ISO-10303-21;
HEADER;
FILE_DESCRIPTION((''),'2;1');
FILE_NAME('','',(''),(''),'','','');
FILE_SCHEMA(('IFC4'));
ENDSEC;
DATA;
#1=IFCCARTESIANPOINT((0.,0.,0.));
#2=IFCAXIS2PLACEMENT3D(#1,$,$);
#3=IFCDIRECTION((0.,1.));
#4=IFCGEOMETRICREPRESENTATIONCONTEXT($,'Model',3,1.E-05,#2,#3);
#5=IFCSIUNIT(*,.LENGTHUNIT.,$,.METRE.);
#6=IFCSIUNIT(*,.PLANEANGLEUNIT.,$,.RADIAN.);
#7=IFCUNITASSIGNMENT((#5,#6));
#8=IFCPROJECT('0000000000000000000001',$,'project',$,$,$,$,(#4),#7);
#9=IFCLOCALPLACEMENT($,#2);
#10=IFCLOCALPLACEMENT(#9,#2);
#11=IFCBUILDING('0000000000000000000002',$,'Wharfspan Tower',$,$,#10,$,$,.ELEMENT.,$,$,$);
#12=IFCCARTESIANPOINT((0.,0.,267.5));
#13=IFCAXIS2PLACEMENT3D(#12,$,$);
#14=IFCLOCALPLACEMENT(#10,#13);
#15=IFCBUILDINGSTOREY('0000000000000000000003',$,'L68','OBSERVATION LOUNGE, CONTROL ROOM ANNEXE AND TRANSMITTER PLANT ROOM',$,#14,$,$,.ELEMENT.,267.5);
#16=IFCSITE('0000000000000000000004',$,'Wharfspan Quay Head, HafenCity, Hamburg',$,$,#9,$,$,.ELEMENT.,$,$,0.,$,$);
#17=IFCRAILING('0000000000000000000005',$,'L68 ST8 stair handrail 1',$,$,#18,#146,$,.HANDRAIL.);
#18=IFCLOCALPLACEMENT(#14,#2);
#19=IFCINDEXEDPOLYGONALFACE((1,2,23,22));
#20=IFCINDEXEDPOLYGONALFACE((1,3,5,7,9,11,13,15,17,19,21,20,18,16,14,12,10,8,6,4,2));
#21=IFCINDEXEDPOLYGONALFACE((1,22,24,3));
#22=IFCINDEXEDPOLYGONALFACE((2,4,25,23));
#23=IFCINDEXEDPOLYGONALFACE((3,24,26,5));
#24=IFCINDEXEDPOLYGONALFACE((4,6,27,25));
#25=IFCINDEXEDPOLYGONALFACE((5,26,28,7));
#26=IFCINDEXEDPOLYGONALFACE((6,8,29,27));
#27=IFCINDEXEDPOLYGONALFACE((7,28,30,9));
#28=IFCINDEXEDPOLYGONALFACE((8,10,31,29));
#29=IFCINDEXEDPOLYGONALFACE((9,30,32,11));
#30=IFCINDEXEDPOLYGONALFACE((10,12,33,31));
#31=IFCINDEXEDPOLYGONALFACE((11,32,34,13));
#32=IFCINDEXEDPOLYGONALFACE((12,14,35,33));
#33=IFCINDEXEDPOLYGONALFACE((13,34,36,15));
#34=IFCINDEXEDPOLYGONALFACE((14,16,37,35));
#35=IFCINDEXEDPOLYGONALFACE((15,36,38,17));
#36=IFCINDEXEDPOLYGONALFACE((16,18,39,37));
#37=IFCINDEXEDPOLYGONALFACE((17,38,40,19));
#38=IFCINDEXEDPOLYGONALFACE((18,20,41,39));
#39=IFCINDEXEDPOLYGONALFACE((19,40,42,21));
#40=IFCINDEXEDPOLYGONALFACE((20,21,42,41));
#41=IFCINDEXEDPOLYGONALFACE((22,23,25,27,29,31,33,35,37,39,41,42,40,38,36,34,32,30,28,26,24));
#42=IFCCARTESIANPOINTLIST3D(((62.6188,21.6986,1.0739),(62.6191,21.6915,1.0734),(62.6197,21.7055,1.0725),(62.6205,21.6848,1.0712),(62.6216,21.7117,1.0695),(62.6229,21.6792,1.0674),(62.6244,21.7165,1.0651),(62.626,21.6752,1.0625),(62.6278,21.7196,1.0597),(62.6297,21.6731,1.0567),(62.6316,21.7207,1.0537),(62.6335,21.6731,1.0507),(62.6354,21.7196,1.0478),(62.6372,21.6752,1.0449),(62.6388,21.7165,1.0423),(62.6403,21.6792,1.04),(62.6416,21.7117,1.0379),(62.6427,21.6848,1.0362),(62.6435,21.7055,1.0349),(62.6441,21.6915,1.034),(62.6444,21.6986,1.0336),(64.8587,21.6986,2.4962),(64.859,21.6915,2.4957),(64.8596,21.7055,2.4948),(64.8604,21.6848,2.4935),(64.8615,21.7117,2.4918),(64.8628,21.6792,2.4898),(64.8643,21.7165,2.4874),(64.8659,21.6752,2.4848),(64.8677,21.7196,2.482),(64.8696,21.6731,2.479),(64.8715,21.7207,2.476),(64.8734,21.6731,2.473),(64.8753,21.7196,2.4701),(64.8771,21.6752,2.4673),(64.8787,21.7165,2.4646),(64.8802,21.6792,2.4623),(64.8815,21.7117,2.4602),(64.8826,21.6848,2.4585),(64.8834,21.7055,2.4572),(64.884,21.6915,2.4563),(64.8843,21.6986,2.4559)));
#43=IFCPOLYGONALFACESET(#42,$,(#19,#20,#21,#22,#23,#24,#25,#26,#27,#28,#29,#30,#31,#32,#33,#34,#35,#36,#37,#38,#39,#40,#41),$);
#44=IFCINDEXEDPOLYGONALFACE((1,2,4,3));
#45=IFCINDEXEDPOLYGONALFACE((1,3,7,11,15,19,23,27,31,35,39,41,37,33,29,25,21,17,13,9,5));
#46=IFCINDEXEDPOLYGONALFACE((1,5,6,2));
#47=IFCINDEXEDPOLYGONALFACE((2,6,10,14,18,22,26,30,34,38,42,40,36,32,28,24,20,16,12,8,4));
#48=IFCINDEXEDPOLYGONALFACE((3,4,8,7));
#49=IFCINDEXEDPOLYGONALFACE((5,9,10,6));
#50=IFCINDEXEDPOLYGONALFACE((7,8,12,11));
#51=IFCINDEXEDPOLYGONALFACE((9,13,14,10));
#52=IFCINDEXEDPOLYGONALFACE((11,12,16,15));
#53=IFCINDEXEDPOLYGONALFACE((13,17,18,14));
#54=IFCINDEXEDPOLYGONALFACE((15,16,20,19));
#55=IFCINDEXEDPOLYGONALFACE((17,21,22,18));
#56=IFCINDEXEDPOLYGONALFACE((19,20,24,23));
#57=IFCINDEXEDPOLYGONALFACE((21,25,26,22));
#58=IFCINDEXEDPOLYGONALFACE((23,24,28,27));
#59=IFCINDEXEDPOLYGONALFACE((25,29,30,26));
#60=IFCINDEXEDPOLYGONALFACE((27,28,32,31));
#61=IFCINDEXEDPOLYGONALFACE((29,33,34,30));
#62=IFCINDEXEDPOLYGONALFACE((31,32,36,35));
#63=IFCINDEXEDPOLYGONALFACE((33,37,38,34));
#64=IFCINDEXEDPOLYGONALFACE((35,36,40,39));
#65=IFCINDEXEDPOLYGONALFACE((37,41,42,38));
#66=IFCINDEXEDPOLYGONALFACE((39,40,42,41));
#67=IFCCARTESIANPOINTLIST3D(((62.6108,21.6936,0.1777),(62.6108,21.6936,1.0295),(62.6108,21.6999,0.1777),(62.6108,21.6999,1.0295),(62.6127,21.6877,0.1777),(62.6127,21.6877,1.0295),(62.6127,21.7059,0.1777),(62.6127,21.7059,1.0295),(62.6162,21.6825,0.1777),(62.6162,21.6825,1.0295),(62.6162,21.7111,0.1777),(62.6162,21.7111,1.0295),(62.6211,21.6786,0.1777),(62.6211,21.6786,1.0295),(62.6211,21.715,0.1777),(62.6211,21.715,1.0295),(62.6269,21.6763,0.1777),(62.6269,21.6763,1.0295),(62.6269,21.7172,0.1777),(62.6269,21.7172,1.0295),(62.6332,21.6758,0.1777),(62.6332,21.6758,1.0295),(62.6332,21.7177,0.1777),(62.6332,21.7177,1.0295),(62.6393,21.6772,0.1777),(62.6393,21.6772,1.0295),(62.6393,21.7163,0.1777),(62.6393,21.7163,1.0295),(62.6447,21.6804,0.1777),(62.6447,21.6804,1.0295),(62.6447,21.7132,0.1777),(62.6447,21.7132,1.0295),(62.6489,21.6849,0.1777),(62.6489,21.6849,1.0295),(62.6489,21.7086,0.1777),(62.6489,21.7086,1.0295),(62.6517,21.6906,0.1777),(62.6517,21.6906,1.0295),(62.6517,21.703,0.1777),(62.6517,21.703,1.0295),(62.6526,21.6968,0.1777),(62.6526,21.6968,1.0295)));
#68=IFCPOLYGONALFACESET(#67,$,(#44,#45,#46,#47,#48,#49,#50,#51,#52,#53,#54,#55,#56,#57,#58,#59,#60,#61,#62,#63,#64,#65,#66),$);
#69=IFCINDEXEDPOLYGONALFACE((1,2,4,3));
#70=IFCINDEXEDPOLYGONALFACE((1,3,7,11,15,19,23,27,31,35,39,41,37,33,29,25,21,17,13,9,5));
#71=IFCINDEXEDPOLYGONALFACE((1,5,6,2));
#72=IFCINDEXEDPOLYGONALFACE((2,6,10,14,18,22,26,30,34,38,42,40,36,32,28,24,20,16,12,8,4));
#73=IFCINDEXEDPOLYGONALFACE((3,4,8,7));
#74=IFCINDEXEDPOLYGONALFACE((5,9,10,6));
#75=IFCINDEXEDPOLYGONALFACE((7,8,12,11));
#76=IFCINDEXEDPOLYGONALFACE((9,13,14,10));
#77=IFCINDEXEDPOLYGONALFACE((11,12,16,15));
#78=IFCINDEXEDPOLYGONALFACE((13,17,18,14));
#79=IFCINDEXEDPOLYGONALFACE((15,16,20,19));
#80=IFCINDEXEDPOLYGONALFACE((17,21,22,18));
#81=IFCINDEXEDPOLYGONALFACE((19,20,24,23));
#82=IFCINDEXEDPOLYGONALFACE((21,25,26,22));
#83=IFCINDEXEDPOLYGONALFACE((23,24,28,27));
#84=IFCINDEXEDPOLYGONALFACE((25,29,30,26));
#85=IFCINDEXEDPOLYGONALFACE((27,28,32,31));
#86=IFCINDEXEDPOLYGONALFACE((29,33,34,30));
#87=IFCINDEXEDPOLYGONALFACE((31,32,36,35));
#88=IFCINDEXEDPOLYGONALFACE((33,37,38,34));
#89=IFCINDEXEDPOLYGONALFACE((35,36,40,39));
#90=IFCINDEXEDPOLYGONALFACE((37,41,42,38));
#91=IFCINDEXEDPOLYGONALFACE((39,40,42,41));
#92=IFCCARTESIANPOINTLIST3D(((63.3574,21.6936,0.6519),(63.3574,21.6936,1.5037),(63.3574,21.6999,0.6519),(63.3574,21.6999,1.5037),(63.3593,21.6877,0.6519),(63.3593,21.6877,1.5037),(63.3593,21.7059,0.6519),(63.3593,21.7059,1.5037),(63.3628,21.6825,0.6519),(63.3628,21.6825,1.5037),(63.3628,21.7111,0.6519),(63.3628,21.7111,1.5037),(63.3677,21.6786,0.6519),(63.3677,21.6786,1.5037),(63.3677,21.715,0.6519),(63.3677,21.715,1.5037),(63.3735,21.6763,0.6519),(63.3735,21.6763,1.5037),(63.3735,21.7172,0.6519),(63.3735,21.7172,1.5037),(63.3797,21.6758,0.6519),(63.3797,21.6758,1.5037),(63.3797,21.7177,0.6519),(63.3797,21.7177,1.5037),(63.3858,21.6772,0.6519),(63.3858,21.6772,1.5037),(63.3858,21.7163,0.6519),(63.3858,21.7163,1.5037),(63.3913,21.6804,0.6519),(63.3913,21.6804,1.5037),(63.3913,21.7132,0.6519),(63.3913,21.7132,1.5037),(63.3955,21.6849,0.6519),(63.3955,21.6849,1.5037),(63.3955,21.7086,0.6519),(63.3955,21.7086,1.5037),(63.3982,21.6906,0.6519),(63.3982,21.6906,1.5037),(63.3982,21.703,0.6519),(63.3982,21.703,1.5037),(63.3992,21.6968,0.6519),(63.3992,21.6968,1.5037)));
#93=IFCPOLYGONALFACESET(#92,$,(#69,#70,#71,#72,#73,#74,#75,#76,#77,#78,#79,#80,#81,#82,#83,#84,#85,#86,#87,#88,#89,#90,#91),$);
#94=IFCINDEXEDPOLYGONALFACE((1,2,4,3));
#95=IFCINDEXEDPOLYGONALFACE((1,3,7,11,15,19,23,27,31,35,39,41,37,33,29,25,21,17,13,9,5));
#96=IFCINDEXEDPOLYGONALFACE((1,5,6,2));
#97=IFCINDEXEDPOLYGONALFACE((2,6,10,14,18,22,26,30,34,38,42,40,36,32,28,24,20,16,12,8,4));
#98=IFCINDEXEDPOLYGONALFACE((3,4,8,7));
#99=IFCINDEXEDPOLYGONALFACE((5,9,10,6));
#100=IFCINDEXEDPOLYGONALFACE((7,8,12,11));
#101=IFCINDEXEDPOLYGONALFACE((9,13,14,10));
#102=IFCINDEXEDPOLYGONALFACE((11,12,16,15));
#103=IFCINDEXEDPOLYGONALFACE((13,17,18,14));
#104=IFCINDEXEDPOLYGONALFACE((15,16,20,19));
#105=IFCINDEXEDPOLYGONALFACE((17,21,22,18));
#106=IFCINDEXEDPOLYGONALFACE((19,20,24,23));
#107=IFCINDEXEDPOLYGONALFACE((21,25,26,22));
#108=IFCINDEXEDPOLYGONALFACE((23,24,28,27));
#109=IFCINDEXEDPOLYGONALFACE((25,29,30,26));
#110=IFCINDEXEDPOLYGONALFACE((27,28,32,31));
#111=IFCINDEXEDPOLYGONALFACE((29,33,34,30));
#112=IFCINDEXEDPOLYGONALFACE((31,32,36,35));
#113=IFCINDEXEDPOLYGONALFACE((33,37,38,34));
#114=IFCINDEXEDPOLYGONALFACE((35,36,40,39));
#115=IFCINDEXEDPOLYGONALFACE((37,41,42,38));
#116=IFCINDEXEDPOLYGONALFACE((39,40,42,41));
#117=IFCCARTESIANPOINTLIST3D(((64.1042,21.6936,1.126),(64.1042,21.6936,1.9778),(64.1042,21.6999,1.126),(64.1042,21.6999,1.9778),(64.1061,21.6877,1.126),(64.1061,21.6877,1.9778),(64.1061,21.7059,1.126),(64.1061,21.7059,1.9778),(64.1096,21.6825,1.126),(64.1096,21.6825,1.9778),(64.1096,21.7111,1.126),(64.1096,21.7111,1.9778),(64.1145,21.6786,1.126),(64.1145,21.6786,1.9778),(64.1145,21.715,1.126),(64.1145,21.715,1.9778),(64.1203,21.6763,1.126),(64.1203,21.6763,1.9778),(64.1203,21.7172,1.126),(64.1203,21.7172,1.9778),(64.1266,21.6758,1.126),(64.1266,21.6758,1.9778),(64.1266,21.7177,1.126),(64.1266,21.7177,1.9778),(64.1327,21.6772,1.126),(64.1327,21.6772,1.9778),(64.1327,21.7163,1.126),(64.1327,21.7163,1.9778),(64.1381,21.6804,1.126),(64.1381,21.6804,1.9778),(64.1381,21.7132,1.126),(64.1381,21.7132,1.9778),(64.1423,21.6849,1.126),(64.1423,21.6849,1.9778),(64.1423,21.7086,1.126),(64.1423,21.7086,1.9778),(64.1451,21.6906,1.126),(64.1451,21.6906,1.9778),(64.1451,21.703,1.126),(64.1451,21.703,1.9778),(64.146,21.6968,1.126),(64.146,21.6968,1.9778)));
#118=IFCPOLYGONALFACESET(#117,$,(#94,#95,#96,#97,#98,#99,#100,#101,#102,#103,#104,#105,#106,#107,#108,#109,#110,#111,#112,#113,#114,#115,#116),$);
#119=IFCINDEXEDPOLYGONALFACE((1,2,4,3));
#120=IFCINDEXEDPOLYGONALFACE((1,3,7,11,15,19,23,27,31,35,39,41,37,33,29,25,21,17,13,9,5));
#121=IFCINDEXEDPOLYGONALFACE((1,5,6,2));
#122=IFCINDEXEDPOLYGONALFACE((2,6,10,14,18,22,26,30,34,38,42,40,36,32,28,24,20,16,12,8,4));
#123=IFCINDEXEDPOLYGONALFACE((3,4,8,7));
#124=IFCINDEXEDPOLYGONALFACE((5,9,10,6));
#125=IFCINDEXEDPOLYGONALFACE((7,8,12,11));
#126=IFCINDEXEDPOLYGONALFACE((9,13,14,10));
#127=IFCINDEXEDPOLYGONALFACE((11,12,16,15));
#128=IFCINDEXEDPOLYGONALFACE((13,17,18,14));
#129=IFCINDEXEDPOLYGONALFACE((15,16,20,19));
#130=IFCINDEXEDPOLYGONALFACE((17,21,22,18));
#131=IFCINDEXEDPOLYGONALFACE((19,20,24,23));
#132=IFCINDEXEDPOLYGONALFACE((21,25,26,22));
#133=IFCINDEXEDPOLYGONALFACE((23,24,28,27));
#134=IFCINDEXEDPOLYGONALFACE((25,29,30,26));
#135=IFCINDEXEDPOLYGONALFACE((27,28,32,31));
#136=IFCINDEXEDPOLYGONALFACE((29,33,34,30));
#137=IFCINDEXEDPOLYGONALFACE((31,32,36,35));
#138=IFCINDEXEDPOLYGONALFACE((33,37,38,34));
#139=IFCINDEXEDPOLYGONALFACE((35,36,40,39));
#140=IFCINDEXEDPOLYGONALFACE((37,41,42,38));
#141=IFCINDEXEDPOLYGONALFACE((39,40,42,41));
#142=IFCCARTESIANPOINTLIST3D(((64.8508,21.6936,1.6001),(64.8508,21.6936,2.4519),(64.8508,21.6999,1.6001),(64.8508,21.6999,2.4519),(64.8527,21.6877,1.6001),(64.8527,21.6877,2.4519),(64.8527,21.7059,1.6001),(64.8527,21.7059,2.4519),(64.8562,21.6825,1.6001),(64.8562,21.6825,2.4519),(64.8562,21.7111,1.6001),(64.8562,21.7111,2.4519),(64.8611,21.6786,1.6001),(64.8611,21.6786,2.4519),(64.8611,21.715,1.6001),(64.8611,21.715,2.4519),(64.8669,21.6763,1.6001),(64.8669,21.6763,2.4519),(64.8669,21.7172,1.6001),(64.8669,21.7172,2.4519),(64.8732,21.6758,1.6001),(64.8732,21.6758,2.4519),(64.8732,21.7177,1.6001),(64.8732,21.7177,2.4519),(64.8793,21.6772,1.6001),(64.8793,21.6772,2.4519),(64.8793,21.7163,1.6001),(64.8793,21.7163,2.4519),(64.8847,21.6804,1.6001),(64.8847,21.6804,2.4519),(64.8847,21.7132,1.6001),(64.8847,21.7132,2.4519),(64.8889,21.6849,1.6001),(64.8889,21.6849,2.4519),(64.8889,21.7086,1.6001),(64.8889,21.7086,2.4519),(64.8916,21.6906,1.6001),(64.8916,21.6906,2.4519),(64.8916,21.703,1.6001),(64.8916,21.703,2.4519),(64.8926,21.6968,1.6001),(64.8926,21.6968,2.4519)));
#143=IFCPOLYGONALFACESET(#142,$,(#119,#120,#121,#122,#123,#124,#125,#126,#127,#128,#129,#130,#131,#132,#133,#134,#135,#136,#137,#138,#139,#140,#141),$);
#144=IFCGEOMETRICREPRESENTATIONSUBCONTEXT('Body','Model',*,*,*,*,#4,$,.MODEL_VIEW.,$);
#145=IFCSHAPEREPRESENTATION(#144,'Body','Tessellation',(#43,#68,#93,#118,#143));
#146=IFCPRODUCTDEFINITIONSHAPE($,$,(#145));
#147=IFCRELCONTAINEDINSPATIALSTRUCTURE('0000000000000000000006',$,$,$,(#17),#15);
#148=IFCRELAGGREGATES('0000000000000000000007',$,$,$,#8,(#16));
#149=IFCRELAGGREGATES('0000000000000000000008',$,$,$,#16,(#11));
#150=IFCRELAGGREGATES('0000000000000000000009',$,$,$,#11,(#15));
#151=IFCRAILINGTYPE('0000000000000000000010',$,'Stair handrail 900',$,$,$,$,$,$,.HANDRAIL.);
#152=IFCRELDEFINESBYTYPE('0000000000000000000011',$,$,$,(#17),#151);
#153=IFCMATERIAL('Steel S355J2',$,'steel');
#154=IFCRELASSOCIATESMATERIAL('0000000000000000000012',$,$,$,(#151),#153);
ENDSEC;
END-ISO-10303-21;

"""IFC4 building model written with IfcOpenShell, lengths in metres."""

from ifc_helpers import new_model, si_unit, direction, frame, origin, origin_2d, place, context, subcontext, project, spatial, circle, extrude, material, type_object, element, save


model = new_model("IFC4")

# Units and contexts
model_context = context("Model", 3, precision=1e-05, world=origin(), true_north=direction((0.0, 1.0)))
body_context = subcontext(model_context, "Body", "Model", "MODEL_VIEW")
ifc_project = project(units=[si_unit("LENGTHUNIT", "METRE"), si_unit("PLANEANGLEUNIT", "RADIAN")], contexts=[model_context])

# Site, building, storey
site_placement = place(None, origin())
site = spatial("IfcSite", under=ifc_project, at=site_placement, Name="Wharfspan Quay Head, HafenCity, Hamburg", CompositionType="ELEMENT", RefElevation=0.0)
building_placement = place(site_placement, origin())
building = spatial("IfcBuilding", under=site, at=building_placement, Name="Wharfspan Tower", CompositionType="ELEMENT")
storey_placement = place(building_placement, frame((0.0, 0.0, 267.5)))
storey = spatial("IfcBuildingStorey", under=building, at=storey_placement, Name="L68", Description="OBSERVATION LOUNGE, CONTROL ROOM ANNEXE AND TRANSMITTER PLANT ROOM", CompositionType="ELEMENT", Elevation=267.5)

# Shared definitions
ifc_material_1 = material(Name="Steel S355J2", Category="steel")

# Railing
railing_type_1 = type_object("IfcRailingType", Name="Stair handrail 900", PredefinedType="HANDRAIL", material=ifc_material_1)
railing_1_placement = place(storey_placement, frame((62.6316, 21.6968, 0.1777)))
element("IfcRailing", 1, at=railing_1_placement, inside=storey, type_object=railing_type_1, Name="L68 ST8 stair handrail 1", PredefinedType="HANDRAIL", context=body_context, shape_type="SweptSolid", body=[
    extrude(circle(Radius=0.0239, at=origin_2d()), frame((0.0, 0.0, 0.876), z_axis=(0.844188, 0.0, 0.536048), x_axis=(0.0, 1.0, 0.0)), (0.0, 0.0, 1.0), 2.6533),
    extrude(circle(Radius=0.021, at=origin_2d()), origin(), (0.0, 0.0, 1.0), 0.8518),
    extrude(circle(Radius=0.021, at=origin_2d()), frame((0.7466, 0.0, 0.4741)), (0.0, 0.0, 1.0), 0.8518),
    extrude(circle(Radius=0.021, at=origin_2d()), frame((1.4934, 0.0, 0.9482)), (0.0, 0.0, 1.0), 0.8518),
    extrude(circle(Radius=0.021, at=origin_2d()), frame((2.24, 0.0, 1.4224)), (0.0, 0.0, 1.0), 0.8518),
])

save(model, "model.ifc")
